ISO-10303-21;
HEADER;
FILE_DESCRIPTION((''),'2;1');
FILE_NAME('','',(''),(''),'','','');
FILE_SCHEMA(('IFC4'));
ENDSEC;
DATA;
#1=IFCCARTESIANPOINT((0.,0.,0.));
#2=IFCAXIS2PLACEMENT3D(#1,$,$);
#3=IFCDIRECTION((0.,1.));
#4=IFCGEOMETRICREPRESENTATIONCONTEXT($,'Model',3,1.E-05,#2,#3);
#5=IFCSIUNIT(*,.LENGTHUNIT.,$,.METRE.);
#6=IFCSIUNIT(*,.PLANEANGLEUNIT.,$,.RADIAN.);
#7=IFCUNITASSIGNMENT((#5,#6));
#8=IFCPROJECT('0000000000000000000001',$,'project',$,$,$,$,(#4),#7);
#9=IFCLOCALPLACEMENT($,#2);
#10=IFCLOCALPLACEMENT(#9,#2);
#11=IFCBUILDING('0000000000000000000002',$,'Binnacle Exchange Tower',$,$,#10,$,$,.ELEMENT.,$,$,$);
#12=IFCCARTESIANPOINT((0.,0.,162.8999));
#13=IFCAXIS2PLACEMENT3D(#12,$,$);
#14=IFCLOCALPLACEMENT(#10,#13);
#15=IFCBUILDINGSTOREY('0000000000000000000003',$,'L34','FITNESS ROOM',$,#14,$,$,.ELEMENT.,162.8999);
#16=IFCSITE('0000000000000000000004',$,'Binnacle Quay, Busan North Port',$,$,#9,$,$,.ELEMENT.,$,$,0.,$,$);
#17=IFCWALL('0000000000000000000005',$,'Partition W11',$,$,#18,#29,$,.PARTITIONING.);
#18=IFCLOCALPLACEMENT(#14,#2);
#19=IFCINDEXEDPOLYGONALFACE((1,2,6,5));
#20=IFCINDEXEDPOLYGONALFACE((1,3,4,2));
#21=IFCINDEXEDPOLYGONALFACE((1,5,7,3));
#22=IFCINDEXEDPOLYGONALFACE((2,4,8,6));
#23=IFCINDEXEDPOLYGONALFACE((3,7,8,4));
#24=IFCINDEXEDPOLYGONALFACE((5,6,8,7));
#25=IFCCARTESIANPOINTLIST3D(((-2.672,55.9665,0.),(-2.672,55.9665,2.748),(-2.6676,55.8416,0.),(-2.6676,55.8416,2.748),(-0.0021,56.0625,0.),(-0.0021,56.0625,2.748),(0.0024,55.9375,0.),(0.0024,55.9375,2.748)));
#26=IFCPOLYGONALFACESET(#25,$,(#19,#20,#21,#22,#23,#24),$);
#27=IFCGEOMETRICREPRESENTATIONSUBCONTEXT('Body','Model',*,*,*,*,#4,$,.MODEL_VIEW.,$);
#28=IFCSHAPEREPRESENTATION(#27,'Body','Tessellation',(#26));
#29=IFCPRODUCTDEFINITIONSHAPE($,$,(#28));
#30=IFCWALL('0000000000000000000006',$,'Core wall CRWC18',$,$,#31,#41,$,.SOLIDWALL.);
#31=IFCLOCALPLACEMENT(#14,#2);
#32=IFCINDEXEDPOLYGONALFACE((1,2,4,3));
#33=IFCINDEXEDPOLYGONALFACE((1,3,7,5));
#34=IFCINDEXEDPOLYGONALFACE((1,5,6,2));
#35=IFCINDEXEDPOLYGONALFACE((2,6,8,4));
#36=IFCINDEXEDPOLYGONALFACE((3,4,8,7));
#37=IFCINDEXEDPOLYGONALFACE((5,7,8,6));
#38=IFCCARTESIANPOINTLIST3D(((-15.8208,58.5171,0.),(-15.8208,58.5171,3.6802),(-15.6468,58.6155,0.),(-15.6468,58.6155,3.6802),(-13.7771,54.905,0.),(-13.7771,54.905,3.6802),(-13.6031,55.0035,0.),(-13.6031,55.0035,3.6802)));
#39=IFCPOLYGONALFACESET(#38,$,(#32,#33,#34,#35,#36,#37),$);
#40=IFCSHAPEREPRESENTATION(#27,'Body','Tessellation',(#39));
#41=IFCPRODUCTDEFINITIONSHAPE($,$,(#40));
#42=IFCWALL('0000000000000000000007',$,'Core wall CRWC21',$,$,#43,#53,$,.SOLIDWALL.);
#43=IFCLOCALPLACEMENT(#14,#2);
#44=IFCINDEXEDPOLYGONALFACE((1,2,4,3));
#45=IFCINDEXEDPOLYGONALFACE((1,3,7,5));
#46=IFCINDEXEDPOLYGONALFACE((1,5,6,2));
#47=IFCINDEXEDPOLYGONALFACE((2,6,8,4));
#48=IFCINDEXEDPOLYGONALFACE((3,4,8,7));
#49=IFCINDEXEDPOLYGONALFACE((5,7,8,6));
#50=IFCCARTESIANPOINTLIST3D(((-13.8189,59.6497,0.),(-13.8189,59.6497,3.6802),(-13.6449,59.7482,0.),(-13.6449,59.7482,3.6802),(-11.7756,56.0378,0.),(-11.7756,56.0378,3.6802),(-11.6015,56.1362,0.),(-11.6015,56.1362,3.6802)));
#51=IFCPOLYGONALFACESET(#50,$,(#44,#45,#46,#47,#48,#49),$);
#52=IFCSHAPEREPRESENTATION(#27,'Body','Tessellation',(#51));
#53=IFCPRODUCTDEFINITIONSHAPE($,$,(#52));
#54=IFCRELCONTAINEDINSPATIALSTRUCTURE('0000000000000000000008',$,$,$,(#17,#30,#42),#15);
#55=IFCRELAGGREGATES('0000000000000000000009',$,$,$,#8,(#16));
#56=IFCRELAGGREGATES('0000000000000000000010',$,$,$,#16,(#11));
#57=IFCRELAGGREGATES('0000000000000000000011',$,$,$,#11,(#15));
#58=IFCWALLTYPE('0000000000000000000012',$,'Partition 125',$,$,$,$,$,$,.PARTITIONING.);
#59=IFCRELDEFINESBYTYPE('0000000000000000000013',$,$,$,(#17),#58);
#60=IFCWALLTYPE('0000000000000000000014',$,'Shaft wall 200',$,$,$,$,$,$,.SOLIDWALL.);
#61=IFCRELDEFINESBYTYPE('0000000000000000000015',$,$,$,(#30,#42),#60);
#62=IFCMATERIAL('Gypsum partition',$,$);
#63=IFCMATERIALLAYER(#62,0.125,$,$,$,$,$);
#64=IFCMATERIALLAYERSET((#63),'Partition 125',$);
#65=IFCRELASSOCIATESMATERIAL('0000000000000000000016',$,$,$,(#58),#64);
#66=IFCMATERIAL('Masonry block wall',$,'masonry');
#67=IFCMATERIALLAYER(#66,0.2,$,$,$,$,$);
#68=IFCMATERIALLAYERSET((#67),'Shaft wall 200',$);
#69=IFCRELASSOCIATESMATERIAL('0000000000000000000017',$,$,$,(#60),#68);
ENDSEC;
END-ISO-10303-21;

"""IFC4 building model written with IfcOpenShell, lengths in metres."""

from ifc_helpers import new_model, si_unit, direction, frame, frame_2d, origin, place, context, subcontext, project, spatial, rectangle, extrude, material, layer, layer_set, type_object, element, save


model = new_model("IFC4")

# Units and contexts
model_context = context("Model", 3, precision=1e-05, world=origin(), true_north=direction((0.0, 1.0)))
body_context = subcontext(model_context, "Body", "Model", "MODEL_VIEW")
ifc_project = project(units=[si_unit("LENGTHUNIT", "METRE"), si_unit("PLANEANGLEUNIT", "RADIAN")], contexts=[model_context])

# Site, building, storey
site_placement = place(None, origin())
site = spatial("IfcSite", under=ifc_project, at=site_placement, Name="Binnacle Quay, Busan North Port", CompositionType="ELEMENT", RefElevation=0.0)
building_placement = place(site_placement, origin())
building = spatial("IfcBuilding", under=site, at=building_placement, Name="Binnacle Exchange Tower", CompositionType="ELEMENT")
storey_placement = place(building_placement, frame((0.0, 0.0, 162.8999)))
storey = spatial("IfcBuildingStorey", under=building, at=storey_placement, Name="L34", Description="FITNESS ROOM", CompositionType="ELEMENT", Elevation=162.8999)

# Shared definitions
ifc_material_1 = material(Name="Gypsum partition")
ifc_layer_1 = layer(ifc_material_1, 0.125)
ifc_layer_set_1 = layer_set([ifc_layer_1], Name="Partition 125")
wall_type_1 = type_object("IfcWallType", Name="Partition 125", PredefinedType="PARTITIONING", material=ifc_layer_set_1)

# Walls
wall_1_placement = place(storey_placement, frame((-2.6699, 55.9041, 0.0), z_axis=(0.0, 0.0, 1.0), x_axis=(0.999355, 0.035913, 0.0)))
element("IfcWall", 1, at=wall_1_placement, inside=storey, type_object=wall_type_1, Name="Partition W11", PredefinedType="PARTITIONING", context=body_context, shape_type="SweptSolid", body=[
    extrude(rectangle(XDim=2.6716, YDim=0.125, at=frame_2d((1.3359, 0.0))), origin(), (0.0, 0.0, 1.0), 2.748),
])
ifc_material_2 = material(Name="Masonry block wall", Category="masonry")
ifc_layer_2 = layer(ifc_material_2, 0.2)
ifc_layer_set_2 = layer_set([ifc_layer_2], Name="Shaft wall 200")
wall_type_2 = type_object("IfcWallType", Name="Shaft wall 200", PredefinedType="SOLIDWALL", material=ifc_layer_set_2)
wall_2_placement = place(storey_placement, frame((-15.7339, 58.5664, 0.0), z_axis=(0.0, 0.0, 1.0), x_axis=(0.492441, -0.870346, 0.0)))
element("IfcWall", 2, at=wall_2_placement, inside=storey, type_object=wall_type_2, Name="Core wall CRWC18", PredefinedType="SOLIDWALL", context=body_context, shape_type="SweptSolid", body=[
    extrude(rectangle(XDim=4.1501, YDim=0.2, at=frame_2d((2.0752, 0.0))), origin(), (0.0, 0.0, 1.0), 3.6802),
])
wall_3_placement = place(storey_placement, frame((-13.7319, 59.699, 0.0), z_axis=(0.0, 0.0, 1.0), x_axis=(0.492396, -0.870371, 0.0)))
element("IfcWall", 3, at=wall_3_placement, inside=storey, type_object=wall_type_2, Name="Core wall CRWC21", PredefinedType="SOLIDWALL", context=body_context, shape_type="SweptSolid", body=[
    extrude(rectangle(XDim=4.1499, YDim=0.2, at=frame_2d((2.075, 0.0))), origin(), (0.0, 0.0, 1.0), 3.6802),
])

save(model, "model.ifc")
